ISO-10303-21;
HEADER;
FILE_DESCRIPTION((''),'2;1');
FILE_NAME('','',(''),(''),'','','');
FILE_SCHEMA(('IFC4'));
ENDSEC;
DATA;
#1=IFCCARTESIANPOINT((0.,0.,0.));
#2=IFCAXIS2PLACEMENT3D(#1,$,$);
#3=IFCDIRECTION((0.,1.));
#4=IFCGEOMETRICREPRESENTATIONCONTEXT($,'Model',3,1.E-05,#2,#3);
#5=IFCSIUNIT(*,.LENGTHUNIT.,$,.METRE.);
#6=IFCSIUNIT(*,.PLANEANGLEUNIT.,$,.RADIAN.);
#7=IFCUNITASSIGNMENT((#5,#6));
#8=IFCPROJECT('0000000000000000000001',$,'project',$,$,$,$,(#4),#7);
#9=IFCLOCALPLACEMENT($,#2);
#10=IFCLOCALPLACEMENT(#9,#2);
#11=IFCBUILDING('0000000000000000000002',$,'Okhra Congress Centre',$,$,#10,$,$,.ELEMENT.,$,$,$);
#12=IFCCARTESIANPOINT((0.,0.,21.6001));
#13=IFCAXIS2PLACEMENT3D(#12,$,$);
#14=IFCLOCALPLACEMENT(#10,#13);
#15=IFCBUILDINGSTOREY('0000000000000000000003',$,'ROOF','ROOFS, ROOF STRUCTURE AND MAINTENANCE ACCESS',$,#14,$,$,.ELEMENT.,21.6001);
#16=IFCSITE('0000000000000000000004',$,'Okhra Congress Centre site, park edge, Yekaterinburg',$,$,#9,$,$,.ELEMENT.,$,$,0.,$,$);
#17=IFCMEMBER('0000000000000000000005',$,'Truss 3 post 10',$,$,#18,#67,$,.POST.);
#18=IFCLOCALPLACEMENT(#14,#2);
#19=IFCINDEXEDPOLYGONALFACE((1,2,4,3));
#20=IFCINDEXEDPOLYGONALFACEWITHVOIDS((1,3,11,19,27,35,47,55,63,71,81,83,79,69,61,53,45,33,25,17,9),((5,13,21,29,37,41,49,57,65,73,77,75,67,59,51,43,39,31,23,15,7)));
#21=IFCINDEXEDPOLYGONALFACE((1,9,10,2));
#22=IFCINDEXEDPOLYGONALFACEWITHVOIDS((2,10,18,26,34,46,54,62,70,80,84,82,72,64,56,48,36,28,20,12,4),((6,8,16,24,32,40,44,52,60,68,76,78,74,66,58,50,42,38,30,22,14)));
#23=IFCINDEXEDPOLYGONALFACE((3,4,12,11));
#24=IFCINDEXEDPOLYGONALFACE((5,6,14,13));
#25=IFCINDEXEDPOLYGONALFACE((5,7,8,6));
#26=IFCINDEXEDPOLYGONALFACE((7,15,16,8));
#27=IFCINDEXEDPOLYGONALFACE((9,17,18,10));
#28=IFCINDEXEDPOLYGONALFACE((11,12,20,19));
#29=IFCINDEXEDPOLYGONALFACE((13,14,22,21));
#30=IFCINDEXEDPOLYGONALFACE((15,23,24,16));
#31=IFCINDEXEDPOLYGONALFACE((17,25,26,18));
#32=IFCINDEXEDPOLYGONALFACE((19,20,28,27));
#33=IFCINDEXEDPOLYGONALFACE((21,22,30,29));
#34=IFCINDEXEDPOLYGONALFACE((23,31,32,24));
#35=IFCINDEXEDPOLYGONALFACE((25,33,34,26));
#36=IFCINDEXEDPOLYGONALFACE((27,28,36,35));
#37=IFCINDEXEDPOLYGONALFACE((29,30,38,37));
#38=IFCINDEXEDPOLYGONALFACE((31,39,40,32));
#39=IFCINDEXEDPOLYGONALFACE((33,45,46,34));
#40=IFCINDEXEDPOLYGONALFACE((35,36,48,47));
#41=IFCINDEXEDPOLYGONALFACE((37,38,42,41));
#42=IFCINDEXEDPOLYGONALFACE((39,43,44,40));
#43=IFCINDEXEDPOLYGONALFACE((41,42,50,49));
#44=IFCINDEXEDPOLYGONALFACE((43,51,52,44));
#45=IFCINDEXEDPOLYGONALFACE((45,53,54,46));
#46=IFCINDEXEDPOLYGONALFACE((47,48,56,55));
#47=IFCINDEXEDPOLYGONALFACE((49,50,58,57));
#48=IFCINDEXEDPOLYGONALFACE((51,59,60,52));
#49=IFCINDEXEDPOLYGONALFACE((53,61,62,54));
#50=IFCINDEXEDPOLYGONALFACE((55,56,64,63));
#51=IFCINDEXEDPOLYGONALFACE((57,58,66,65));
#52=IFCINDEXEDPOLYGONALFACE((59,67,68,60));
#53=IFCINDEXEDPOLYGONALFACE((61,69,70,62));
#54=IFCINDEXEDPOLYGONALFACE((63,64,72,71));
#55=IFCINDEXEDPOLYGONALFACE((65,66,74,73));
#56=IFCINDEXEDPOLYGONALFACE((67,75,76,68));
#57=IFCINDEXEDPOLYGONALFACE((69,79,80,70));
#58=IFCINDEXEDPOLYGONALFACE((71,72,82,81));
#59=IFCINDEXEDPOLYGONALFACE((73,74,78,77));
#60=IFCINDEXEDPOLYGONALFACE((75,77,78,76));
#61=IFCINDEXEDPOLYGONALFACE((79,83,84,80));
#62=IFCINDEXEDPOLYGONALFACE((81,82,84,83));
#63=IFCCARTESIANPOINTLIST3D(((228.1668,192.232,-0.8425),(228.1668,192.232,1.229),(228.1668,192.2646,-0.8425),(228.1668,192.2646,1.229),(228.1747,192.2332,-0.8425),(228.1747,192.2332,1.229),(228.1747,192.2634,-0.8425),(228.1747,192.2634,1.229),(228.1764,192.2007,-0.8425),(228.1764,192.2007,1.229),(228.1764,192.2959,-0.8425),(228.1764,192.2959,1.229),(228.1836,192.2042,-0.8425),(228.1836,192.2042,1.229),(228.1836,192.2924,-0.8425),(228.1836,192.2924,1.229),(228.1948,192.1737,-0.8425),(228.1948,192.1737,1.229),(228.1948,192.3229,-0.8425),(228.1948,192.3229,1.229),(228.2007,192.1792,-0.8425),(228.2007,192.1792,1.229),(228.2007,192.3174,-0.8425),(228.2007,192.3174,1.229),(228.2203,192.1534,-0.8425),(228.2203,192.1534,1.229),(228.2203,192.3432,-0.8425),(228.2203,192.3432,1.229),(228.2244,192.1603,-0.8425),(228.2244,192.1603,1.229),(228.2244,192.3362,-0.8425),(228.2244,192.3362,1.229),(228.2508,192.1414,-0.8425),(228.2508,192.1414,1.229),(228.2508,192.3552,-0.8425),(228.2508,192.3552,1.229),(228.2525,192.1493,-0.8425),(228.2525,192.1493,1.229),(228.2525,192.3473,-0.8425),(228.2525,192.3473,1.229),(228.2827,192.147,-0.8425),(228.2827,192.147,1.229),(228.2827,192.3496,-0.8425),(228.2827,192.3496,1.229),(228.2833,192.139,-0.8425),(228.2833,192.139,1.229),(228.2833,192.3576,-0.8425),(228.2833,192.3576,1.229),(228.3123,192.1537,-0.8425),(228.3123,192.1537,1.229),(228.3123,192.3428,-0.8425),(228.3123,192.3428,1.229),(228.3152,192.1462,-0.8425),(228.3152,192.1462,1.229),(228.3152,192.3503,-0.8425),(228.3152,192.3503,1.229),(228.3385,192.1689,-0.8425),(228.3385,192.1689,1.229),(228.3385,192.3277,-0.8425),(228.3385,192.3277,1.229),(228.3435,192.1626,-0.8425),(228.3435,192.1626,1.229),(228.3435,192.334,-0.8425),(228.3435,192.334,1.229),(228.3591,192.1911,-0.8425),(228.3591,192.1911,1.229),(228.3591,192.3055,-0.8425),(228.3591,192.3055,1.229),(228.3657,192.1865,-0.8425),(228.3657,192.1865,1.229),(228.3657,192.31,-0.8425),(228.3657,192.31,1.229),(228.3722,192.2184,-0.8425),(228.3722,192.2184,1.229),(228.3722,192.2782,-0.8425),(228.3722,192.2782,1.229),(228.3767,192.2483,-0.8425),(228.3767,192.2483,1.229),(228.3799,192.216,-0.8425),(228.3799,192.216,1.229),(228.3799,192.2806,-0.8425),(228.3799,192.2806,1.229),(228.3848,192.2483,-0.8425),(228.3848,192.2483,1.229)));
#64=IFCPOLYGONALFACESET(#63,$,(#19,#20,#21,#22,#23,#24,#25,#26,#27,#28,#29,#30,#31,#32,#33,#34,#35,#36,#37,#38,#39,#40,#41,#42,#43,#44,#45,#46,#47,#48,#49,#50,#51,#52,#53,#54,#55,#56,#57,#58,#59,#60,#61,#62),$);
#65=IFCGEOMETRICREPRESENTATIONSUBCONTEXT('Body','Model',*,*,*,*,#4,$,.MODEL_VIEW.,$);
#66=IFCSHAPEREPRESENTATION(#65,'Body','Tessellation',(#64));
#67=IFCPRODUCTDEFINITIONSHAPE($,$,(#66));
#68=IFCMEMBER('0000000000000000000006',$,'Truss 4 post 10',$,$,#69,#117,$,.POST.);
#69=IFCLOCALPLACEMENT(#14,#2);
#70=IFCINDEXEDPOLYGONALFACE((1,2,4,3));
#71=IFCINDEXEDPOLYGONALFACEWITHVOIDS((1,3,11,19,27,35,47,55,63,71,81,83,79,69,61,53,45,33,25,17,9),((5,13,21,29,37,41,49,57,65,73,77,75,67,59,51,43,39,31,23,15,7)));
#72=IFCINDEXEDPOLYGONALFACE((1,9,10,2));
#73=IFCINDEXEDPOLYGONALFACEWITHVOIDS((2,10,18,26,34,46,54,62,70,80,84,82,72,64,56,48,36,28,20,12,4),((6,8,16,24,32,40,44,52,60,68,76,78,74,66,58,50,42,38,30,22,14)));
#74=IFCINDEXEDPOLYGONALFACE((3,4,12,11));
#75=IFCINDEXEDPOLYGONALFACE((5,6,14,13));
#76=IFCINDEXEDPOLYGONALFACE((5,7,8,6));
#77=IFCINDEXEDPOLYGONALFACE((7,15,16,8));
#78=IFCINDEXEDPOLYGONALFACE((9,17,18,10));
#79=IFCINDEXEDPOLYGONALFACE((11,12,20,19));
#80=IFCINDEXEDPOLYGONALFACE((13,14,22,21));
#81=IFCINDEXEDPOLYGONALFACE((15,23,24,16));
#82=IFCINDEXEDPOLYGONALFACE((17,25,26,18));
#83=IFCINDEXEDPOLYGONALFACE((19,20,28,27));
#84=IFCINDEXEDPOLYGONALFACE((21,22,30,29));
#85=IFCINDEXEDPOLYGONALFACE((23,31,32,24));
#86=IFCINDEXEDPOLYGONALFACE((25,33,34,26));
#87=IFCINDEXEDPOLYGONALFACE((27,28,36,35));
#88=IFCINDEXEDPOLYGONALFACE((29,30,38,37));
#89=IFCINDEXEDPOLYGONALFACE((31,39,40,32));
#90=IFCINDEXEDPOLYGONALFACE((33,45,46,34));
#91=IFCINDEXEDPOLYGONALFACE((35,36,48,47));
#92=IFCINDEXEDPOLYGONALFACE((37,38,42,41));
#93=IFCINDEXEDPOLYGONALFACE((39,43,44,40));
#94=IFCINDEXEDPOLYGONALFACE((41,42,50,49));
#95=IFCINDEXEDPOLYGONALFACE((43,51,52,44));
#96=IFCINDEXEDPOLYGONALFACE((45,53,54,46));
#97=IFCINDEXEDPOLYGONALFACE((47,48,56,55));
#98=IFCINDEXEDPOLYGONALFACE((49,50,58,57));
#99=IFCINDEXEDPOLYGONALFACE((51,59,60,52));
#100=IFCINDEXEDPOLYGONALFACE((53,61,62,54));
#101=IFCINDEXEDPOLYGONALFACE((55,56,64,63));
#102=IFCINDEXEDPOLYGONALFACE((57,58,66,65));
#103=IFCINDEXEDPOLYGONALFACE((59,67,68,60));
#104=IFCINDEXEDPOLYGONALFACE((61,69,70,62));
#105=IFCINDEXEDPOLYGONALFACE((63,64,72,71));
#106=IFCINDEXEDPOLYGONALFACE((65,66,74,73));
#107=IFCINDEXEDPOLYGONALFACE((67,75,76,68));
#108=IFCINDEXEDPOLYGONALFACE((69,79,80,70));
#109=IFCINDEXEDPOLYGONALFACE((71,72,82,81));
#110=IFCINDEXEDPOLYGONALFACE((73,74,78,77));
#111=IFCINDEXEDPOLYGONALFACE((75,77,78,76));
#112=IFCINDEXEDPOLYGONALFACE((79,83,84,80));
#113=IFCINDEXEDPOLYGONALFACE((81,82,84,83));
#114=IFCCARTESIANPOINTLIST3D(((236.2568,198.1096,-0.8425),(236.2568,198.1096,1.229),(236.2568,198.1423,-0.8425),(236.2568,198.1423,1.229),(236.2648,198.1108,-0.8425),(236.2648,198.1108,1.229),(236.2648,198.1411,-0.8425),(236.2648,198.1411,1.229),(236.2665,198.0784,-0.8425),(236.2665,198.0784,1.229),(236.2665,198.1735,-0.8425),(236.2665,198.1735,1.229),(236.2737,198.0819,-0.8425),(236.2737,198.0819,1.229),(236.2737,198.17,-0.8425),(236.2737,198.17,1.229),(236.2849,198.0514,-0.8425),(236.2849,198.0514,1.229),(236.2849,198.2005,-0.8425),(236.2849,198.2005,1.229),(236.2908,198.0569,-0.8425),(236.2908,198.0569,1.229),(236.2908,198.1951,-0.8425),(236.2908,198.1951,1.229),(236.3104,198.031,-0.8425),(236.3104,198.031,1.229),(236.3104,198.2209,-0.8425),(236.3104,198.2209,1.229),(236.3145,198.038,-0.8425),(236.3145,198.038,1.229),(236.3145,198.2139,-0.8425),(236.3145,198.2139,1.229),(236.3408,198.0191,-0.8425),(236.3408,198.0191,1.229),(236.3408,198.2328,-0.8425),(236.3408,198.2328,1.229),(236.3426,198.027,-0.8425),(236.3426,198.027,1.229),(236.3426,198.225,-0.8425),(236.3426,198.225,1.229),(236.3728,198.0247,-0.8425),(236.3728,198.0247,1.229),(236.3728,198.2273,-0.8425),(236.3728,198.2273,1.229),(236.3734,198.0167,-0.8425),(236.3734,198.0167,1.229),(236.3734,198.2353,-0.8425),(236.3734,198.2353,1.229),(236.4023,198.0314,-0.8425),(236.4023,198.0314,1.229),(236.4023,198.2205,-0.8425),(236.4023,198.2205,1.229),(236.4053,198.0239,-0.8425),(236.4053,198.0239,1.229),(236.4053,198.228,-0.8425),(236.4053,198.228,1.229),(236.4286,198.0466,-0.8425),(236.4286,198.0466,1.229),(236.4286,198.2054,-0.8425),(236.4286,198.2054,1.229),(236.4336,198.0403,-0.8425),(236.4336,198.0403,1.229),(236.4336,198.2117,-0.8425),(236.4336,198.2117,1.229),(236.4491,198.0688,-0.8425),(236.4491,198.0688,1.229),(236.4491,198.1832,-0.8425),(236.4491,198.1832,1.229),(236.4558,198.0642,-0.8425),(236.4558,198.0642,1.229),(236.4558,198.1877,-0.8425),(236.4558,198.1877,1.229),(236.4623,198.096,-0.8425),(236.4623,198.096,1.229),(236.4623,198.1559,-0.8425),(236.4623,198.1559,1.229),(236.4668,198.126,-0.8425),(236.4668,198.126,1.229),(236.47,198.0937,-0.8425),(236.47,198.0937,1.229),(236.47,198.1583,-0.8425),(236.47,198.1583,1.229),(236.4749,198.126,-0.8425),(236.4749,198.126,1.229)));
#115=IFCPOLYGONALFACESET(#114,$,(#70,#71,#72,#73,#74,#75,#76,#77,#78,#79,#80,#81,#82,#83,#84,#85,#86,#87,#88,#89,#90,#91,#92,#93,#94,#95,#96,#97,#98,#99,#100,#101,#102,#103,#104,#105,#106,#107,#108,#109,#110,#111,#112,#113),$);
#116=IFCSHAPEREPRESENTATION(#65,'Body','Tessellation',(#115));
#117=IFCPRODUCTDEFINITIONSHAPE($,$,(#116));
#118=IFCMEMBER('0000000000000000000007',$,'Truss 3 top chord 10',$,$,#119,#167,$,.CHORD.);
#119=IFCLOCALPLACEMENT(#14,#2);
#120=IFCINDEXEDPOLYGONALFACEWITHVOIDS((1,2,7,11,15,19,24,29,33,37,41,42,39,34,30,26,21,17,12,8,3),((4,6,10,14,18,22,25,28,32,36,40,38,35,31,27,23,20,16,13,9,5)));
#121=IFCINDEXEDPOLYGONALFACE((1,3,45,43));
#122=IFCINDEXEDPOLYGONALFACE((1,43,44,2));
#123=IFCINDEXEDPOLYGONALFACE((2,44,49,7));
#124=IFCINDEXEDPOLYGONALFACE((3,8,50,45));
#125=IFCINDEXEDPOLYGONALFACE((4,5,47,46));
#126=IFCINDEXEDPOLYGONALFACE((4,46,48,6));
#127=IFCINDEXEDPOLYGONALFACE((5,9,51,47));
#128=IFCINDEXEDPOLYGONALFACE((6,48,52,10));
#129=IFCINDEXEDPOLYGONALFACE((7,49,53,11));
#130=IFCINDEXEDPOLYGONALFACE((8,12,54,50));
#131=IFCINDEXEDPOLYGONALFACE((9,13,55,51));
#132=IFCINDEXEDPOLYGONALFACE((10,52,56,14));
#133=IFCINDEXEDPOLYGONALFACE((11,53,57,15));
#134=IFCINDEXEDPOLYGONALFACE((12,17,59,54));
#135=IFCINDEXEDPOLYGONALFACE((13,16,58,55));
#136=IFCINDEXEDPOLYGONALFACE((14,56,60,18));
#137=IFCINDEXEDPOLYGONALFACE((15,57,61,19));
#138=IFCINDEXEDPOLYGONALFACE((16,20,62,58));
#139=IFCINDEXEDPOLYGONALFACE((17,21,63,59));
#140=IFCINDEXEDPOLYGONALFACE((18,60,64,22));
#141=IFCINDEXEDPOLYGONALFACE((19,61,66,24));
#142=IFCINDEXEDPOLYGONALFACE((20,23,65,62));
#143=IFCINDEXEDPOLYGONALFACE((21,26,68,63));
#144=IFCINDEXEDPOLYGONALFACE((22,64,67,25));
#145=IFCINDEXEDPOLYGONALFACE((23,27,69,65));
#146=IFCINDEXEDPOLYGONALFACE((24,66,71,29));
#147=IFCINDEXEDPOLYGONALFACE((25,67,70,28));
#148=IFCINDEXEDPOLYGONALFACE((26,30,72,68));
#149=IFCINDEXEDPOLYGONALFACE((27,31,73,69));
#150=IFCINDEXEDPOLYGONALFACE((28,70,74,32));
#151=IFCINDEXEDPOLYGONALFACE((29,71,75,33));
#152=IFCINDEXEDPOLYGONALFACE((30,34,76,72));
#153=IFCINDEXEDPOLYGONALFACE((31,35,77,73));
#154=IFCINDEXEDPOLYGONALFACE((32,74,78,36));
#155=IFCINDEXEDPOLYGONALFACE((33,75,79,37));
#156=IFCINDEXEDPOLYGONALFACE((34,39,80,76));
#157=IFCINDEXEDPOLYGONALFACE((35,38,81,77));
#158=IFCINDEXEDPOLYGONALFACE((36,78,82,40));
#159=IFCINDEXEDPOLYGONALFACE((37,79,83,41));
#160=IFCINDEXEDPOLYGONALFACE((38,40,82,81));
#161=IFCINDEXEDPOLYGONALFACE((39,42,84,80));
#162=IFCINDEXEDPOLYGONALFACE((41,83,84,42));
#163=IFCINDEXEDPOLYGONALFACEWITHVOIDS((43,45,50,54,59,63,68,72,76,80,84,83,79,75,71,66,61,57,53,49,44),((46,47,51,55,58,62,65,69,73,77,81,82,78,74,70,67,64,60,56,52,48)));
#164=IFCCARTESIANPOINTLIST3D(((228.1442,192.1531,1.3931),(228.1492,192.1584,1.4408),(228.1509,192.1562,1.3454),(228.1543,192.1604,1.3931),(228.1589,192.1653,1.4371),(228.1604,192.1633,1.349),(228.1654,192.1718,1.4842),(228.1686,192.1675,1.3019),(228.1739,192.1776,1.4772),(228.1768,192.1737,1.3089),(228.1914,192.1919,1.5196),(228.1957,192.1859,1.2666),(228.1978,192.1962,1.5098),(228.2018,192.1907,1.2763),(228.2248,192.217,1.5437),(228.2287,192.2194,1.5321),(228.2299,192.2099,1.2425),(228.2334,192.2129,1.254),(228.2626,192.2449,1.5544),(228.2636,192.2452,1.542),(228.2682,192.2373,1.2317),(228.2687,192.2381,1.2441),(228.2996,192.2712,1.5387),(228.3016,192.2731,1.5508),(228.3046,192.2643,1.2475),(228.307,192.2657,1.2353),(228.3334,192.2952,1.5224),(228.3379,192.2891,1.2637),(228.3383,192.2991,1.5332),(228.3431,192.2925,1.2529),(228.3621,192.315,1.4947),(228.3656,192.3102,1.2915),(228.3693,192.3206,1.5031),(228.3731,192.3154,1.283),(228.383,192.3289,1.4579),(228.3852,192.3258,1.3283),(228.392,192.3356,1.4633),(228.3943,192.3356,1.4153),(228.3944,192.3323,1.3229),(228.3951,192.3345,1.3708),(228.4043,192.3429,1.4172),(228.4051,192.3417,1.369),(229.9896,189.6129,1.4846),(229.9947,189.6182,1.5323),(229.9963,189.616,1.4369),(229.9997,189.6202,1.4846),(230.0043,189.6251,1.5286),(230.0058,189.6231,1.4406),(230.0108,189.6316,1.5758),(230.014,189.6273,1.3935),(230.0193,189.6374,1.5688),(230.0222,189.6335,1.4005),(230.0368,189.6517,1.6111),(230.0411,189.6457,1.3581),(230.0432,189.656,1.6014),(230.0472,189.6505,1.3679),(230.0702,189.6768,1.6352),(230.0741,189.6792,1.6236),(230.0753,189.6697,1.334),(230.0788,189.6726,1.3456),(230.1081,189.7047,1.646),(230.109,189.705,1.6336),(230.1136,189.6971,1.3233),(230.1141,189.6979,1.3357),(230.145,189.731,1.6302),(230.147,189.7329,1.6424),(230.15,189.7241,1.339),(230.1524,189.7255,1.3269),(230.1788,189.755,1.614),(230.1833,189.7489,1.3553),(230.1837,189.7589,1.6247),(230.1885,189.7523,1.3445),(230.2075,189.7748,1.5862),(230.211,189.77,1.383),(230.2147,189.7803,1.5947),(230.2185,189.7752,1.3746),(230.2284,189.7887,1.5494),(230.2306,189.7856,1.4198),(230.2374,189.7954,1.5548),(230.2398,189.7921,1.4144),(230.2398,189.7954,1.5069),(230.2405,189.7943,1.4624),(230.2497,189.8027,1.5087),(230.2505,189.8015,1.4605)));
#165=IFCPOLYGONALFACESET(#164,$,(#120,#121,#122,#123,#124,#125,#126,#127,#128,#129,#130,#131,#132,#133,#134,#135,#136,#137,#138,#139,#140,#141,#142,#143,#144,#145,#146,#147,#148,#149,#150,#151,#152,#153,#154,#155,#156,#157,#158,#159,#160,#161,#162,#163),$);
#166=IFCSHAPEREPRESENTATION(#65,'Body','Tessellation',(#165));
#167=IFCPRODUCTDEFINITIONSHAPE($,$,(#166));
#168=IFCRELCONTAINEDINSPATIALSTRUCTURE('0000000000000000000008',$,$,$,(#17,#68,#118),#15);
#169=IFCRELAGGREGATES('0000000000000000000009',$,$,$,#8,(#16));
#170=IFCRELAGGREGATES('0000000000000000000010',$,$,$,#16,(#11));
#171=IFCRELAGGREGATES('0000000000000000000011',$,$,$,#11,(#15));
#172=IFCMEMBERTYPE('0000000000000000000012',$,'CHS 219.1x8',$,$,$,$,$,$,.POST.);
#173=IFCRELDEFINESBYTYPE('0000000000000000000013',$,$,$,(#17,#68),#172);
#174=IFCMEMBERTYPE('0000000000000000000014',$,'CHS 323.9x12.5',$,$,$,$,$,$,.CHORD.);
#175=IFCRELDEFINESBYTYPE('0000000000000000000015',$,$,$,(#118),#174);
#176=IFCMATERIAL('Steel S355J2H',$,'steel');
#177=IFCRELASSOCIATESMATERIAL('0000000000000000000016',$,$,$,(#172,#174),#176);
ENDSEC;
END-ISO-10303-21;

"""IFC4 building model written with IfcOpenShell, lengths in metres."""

from ifc_helpers import new_model, si_unit, direction, frame, origin, origin_2d, place, context, subcontext, project, spatial, hollow_circle, extrude, material, material_profile, profile_set, type_object, element, save


model = new_model("IFC4")

# Units and contexts
model_context = context("Model", 3, precision=1e-05, world=origin(), true_north=direction((0.0, 1.0)))
body_context = subcontext(model_context, "Body", "Model", "MODEL_VIEW")
ifc_project = project(units=[si_unit("LENGTHUNIT", "METRE"), si_unit("PLANEANGLEUNIT", "RADIAN")], contexts=[model_context])

# Site, building, storey
site_placement = place(None, origin())
site = spatial("IfcSite", under=ifc_project, at=site_placement, Name="Okhra Congress Centre site, park edge, Yekaterinburg", CompositionType="ELEMENT", RefElevation=0.0)
building_placement = place(site_placement, origin())
building = spatial("IfcBuilding", under=site, at=building_placement, Name="Okhra Congress Centre", CompositionType="ELEMENT")
storey_placement = place(building_placement, frame((0.0, 0.0, 21.6001)))
storey = spatial("IfcBuildingStorey", under=building, at=storey_placement, Name="ROOF", Description="ROOFS, ROOF STRUCTURE AND MAINTENANCE ACCESS", CompositionType="ELEMENT", Elevation=21.6001)

# Members
ifc_material_1 = material(Name="Steel S355J2H", Category="steel")
ifc_material_profile_1 = material_profile(ifc_material_1, hollow_circle(Radius=0.1096, WallThickness=0.0081, at=origin_2d()), Name="CHS 219.1x8")
ifc_profile_set_1 = profile_set([ifc_material_profile_1], Name="Steel S355J2H")
member_type_1 = type_object("IfcMemberType", Name="CHS 219.1x8", PredefinedType="POST", material=ifc_profile_set_1)
for number, where, z_axis, x_axis, name in (
    (1, (228.2751, 192.2483, -0.8425), (0.0, 0.0, 1.0), (1.0, 0.0, 0.0), "Truss 3 post 10"),
    (2, (236.3652, 198.126, -0.8425), (0.0, 0.0, 1.0), (1.0, 0.0, 0.0), "Truss 4 post 10"),
):
    element("IfcMember", number, at=place(storey_placement, frame(where, z_axis=z_axis, x_axis=x_axis)), inside=storey, type_object=member_type_1, Name=name, PredefinedType="POST", context=body_context, shape_type="SweptSolid", body=[
        extrude(hollow_circle(Radius=0.1096, WallThickness=0.0081, at=origin_2d()), origin(), (0.0, 0.0, 1.0), 2.0715),
    ])
ifc_material_profile_2 = material_profile(ifc_material_1, hollow_circle(Radius=0.1619, WallThickness=0.0125, at=origin_2d()), Name="CHS 323.9x12.5")
ifc_profile_set_2 = profile_set([ifc_material_profile_2], Name="Steel S355J2H")
member_type_2 = type_object("IfcMemberType", Name="CHS 323.9x12.5", PredefinedType="CHORD", material=ifc_profile_set_2)
for number, where, z_axis, x_axis, name in (
    (3, (230.1206, 189.708, 1.4846), (-0.587501, 0.808698, -0.029146), (-0.809042, -0.587751, 0.0), "Truss 3 top chord 10"),
):
    element("IfcMember", number, at=place(storey_placement, frame(where, z_axis=z_axis, x_axis=x_axis)), inside=storey, type_object=member_type_2, Name=name, PredefinedType="CHORD", context=body_context, shape_type="SweptSolid", body=[
        extrude(hollow_circle(Radius=0.1619, WallThickness=0.0125, at=origin_2d()), origin(), (0.0, 0.0, 1.0), 3.1411),
    ])

save(model, "model.ifc")
